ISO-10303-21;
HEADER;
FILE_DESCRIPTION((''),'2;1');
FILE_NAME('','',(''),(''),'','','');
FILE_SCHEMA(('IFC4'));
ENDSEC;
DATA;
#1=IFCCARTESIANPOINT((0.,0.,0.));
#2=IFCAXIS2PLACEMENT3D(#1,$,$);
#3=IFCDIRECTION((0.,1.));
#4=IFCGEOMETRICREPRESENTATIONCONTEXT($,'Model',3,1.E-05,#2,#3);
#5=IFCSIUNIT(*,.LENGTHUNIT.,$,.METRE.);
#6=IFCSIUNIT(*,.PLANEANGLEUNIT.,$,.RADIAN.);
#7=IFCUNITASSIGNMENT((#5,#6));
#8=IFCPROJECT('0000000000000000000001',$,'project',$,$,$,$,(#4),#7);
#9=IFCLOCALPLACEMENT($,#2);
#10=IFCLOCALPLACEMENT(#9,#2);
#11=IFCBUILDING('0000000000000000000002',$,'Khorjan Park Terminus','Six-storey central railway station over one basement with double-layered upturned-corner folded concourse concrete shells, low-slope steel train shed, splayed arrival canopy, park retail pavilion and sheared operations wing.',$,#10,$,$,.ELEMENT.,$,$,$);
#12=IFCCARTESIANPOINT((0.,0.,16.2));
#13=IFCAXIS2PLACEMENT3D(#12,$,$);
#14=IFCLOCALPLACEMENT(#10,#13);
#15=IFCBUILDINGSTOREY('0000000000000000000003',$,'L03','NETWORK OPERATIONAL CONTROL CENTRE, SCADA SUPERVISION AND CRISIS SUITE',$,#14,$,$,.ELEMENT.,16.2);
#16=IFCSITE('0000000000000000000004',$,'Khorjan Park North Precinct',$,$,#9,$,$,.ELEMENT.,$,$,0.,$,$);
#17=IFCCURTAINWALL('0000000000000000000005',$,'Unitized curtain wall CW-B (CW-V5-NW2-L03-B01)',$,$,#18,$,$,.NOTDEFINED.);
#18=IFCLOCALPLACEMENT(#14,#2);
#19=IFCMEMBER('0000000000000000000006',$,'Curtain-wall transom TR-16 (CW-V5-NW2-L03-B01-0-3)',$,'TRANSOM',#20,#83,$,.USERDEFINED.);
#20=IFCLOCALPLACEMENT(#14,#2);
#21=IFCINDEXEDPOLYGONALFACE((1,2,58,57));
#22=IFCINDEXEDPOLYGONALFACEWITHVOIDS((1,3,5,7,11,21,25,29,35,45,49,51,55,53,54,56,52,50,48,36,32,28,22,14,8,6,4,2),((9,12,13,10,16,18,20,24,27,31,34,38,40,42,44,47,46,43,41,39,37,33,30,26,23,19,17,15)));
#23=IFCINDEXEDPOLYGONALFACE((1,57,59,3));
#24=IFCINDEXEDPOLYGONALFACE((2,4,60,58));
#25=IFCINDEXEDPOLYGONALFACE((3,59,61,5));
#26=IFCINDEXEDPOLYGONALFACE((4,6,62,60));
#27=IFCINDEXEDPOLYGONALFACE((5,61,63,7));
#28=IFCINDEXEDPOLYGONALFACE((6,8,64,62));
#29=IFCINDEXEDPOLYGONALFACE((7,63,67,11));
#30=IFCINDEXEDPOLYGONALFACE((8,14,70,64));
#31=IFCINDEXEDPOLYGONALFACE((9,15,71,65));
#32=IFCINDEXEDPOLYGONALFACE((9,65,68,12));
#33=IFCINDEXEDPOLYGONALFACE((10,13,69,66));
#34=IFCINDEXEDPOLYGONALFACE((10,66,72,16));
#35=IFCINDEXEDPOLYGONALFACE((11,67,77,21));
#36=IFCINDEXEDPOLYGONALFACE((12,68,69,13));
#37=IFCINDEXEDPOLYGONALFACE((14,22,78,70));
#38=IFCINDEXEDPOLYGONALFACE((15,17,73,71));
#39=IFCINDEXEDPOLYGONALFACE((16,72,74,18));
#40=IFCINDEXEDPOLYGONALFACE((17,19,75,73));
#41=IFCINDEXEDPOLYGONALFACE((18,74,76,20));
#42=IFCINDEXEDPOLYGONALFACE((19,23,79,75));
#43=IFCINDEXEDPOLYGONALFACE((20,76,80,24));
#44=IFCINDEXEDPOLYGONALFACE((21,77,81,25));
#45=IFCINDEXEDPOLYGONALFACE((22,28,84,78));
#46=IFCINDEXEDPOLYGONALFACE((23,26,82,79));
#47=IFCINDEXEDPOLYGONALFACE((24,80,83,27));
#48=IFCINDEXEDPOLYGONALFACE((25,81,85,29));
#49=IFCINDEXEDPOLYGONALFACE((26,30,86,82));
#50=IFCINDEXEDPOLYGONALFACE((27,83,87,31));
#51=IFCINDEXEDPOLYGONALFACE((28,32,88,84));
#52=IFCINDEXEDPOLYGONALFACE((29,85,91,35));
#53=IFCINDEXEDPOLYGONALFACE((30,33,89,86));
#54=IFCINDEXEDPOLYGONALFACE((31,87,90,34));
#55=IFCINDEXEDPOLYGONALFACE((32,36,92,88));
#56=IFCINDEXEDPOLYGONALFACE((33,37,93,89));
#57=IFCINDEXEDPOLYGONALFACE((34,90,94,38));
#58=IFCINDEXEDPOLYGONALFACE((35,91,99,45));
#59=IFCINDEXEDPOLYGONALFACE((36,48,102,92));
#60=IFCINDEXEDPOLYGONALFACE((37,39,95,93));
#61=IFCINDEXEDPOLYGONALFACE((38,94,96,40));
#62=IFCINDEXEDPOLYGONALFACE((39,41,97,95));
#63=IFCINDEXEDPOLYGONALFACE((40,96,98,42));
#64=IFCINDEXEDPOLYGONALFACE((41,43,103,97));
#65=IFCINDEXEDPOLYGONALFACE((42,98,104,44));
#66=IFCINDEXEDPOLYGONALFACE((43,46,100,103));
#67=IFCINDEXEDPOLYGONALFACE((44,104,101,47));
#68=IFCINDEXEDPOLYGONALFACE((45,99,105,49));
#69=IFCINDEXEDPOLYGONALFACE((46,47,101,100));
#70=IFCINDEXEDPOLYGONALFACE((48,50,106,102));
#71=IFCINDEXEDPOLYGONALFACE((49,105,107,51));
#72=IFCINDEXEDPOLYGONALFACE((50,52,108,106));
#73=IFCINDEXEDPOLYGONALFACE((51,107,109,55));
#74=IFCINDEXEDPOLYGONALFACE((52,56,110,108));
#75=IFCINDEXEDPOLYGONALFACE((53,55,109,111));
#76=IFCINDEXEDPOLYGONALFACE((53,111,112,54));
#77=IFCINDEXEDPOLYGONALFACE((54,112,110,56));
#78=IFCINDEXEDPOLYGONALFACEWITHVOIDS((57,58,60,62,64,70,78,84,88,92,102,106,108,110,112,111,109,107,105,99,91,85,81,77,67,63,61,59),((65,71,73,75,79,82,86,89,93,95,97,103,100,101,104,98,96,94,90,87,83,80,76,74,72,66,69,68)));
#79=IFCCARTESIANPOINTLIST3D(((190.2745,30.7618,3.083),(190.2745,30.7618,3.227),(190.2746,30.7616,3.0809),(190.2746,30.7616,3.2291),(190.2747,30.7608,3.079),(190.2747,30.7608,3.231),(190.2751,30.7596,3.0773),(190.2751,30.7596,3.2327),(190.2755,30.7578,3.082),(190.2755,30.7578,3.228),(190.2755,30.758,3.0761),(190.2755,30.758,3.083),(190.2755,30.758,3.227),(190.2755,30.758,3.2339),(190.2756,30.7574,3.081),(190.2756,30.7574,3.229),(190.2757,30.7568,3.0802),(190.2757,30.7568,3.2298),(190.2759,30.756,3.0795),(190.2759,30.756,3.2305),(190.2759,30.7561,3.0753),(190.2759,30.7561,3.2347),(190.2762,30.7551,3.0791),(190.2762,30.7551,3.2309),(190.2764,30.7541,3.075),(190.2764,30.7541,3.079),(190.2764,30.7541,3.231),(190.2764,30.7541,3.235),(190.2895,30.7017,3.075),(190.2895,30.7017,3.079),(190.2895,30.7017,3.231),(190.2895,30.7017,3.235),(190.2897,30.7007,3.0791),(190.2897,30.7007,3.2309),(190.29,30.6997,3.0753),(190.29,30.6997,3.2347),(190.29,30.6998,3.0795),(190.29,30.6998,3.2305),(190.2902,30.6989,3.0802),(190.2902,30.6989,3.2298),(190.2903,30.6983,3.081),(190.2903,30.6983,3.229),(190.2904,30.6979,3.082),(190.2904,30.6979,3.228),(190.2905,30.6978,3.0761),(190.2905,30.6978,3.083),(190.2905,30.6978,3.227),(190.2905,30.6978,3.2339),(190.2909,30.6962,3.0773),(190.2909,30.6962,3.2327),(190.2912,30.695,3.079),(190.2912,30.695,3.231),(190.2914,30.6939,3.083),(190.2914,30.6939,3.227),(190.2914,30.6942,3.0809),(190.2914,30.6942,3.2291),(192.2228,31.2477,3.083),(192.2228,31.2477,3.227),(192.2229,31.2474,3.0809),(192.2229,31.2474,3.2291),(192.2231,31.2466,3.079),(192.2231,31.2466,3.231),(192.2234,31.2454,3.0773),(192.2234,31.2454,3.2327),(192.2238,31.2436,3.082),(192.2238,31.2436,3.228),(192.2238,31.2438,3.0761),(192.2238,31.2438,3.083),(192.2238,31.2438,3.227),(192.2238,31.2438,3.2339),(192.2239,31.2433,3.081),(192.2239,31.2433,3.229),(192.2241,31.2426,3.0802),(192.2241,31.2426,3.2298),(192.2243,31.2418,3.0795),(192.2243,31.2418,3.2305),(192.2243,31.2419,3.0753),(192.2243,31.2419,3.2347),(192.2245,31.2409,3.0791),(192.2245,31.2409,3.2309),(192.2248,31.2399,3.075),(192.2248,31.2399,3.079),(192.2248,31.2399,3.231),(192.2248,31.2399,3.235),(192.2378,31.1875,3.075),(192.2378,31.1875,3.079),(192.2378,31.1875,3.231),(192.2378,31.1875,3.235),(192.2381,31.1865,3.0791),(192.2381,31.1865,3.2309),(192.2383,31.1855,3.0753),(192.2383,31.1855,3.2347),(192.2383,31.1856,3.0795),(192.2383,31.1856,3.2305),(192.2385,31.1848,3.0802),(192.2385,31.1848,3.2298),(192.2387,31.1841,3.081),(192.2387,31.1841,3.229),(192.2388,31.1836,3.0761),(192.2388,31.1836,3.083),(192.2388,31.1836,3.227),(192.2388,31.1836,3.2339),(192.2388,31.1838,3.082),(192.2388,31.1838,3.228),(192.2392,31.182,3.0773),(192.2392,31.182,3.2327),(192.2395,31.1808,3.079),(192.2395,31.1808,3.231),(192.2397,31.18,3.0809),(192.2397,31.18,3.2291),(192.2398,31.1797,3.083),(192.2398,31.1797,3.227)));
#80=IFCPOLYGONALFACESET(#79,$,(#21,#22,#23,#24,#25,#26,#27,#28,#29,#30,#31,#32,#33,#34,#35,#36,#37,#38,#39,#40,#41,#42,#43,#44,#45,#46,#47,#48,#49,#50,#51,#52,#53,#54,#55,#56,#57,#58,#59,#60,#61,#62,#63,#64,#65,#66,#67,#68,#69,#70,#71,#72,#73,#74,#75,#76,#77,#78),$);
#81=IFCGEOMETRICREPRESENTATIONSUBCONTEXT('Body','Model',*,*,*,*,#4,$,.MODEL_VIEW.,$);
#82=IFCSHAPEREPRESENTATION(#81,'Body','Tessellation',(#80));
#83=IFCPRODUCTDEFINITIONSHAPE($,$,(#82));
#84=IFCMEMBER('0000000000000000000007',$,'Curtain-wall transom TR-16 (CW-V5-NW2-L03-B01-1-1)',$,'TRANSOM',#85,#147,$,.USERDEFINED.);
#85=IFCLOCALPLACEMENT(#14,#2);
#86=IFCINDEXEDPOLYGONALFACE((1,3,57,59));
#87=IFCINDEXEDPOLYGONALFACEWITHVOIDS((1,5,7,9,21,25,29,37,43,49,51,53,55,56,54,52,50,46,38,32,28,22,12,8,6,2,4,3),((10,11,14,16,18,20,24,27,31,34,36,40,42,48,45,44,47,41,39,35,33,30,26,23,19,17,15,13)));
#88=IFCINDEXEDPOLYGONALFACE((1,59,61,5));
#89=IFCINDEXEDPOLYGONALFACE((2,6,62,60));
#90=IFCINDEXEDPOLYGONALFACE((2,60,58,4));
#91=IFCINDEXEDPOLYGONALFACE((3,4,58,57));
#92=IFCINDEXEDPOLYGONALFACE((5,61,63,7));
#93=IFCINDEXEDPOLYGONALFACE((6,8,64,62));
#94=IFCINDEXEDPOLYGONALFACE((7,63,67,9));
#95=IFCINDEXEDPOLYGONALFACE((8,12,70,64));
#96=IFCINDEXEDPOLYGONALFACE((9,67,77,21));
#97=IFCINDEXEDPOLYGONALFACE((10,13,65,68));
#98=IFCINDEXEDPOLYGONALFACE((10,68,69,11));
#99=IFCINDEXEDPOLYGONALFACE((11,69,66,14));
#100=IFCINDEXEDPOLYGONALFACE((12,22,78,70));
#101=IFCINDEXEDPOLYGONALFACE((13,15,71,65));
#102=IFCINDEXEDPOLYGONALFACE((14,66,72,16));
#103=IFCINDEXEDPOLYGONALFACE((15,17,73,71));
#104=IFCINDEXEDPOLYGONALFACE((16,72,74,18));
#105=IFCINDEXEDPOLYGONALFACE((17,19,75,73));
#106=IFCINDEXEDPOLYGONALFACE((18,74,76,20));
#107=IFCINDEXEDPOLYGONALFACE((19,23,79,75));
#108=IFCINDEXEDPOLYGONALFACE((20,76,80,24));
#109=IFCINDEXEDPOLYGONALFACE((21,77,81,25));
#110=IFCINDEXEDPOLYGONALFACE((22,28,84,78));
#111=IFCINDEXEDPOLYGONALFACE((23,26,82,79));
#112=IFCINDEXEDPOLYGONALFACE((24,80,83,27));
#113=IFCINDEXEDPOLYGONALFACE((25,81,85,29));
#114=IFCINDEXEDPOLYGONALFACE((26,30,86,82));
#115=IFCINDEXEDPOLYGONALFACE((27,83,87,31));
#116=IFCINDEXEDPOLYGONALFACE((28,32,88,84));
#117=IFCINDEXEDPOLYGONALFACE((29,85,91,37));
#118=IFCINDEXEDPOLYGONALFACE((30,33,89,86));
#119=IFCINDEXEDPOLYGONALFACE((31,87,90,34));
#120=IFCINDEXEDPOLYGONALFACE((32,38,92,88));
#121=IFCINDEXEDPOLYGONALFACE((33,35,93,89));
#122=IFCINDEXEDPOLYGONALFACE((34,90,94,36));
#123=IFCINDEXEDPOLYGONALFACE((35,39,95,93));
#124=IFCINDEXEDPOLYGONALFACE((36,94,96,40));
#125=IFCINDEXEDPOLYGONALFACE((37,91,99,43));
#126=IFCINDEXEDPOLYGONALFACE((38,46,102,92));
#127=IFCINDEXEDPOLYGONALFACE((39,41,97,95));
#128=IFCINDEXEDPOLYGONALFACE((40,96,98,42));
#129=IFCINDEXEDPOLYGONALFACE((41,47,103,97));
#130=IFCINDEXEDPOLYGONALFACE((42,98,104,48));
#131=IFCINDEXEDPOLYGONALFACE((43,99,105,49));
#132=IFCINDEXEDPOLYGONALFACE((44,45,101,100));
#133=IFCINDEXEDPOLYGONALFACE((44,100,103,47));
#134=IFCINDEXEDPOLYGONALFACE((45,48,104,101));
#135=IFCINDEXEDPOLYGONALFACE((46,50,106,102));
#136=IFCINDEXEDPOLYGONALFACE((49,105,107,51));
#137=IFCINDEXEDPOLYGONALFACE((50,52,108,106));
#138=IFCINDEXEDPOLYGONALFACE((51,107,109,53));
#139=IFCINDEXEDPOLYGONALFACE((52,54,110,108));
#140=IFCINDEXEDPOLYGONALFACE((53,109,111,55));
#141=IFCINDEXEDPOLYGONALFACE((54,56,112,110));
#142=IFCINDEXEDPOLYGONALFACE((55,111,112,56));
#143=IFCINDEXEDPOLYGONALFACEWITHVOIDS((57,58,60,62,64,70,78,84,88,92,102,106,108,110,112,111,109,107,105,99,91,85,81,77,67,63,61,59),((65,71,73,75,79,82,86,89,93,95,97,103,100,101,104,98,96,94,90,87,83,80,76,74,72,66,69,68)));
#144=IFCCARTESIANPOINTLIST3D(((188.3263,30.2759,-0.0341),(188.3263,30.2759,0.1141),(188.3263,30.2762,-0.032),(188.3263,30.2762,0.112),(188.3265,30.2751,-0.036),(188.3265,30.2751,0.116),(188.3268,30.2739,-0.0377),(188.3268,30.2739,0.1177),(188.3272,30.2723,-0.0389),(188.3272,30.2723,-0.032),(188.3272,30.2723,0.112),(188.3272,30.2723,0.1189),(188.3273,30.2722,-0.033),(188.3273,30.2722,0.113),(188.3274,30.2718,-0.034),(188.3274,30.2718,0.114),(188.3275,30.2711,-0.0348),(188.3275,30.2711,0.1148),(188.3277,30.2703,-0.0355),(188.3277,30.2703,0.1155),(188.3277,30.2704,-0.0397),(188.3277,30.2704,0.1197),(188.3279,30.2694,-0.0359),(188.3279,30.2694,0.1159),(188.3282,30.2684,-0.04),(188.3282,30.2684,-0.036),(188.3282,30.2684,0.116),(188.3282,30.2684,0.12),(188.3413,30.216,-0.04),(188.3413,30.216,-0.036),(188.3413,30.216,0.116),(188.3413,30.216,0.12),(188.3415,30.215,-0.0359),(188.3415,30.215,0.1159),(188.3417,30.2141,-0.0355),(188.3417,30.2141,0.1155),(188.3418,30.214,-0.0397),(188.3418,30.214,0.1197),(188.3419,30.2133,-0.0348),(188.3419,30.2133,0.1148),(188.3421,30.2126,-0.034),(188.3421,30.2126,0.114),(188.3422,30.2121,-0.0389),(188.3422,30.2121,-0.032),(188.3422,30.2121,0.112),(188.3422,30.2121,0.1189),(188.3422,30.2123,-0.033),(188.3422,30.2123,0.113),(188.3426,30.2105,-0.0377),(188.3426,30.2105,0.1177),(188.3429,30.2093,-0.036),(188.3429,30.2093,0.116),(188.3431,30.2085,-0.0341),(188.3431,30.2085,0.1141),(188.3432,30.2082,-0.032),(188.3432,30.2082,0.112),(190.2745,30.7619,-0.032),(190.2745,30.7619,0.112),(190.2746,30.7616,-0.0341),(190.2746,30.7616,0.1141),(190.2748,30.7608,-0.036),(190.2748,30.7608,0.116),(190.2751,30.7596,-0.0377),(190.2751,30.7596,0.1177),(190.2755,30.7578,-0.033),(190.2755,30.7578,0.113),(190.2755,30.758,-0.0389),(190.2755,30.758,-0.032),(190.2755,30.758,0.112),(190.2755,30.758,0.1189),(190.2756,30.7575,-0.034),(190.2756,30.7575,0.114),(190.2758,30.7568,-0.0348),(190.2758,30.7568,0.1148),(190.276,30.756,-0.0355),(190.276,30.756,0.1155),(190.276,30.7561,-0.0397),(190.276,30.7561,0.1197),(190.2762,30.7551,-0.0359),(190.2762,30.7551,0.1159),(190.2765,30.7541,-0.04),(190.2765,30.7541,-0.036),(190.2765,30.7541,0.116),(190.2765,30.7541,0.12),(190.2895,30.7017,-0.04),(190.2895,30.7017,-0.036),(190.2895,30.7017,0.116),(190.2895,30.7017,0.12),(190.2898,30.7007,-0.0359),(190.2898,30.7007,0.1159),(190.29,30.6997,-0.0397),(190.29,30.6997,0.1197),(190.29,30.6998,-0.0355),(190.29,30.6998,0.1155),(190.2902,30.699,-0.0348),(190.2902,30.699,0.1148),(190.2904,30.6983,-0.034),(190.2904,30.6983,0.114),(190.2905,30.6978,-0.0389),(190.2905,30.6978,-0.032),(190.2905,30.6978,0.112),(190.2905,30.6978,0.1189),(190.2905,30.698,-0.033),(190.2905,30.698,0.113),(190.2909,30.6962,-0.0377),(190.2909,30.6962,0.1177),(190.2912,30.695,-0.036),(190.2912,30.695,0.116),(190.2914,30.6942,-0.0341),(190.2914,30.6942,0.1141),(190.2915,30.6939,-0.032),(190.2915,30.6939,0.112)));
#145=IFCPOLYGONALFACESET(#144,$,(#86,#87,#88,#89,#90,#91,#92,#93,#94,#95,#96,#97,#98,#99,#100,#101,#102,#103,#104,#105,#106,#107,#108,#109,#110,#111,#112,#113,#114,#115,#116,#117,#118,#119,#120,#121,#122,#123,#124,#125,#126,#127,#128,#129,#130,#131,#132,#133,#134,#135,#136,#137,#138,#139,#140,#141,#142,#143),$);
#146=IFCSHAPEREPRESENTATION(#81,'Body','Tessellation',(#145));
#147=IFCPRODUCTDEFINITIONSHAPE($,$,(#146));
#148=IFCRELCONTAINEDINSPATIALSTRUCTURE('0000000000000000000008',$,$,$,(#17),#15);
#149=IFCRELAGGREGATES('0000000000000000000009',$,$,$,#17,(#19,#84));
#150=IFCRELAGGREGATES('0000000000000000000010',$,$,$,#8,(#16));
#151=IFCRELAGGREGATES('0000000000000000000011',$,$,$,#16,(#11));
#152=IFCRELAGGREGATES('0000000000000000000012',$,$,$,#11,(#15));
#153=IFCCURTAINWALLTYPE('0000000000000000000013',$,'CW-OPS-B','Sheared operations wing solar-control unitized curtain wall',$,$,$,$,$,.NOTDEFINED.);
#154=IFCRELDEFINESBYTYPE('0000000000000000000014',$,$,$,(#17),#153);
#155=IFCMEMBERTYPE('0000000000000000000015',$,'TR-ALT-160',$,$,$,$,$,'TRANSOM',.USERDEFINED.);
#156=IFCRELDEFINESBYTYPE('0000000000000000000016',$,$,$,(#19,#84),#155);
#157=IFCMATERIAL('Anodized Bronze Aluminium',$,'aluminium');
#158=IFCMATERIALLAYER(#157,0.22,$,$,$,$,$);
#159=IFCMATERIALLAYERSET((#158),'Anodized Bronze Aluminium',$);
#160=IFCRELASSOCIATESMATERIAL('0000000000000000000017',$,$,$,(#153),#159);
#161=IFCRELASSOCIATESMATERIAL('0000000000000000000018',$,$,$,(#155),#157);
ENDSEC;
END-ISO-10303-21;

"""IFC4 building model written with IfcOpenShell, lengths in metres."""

from ifc_helpers import new_model, si_unit, direction, frame, origin, origin_2d, place, context, subcontext, project, spatial, hollow_rectangle, extrude, material, layer, layer_set, material_profile, profile_set, type_object, element, aggregate, save


model = new_model("IFC4")

# Units and contexts
model_context = context("Model", 3, precision=1e-05, world=origin(), true_north=direction((0.0, 1.0)))
body_context = subcontext(model_context, "Body", "Model", "MODEL_VIEW")
ifc_project = project(units=[si_unit("LENGTHUNIT", "METRE"), si_unit("PLANEANGLEUNIT", "RADIAN")], contexts=[model_context])

# Site, building, storey
site_placement = place(None, origin())
site = spatial("IfcSite", under=ifc_project, at=site_placement, Name="Khorjan Park North Precinct", CompositionType="ELEMENT", RefElevation=0.0)
building_placement = place(site_placement, origin())
building = spatial("IfcBuilding", under=site, at=building_placement, Name="Khorjan Park Terminus", Description="Six-storey central railway station over one basement with double-layered upturned-corner folded concourse concrete shells, low-slope steel train shed, splayed arrival canopy, park retail pavilion and sheared operations wing.", CompositionType="ELEMENT")
storey_placement = place(building_placement, frame((0.0, 0.0, 16.2)))
storey = spatial("IfcBuildingStorey", under=building, at=storey_placement, Name="L03", Description="NETWORK OPERATIONAL CONTROL CENTRE, SCADA SUPERVISION AND CRISIS SUITE", CompositionType="ELEMENT", Elevation=16.2)

# Curtain wall, members
ifc_material_1 = material(Name="Anodized Bronze Aluminium", Category="aluminium")
ifc_layer_1 = layer(ifc_material_1, 0.22)
ifc_layer_set_1 = layer_set([ifc_layer_1], Name="Anodized Bronze Aluminium")
curtain_wall_type = type_object("IfcCurtainWallType", Name="CW-OPS-B", Description="Sheared operations wing solar-control unitized curtain wall", PredefinedType="NOTDEFINED", material=ifc_layer_set_1)
curtain_wall_placement = place(storey_placement, origin())
curtain_wall = element("IfcCurtainWall", 1, at=curtain_wall_placement, inside=storey, type_object=curtain_wall_type, Name="Unitized curtain wall CW-B (CW-V5-NW2-L03-B01)", PredefinedType="NOTDEFINED")
ifc_material_profile_1 = material_profile(ifc_material_1, hollow_rectangle(XDim=0.07, YDim=0.16, WallThickness=0.004, InnerFilletRadius=0.004, OuterFilletRadius=0.008, at=origin_2d()), Name="ALT 70x160x4")
ifc_profile_set_1 = profile_set([ifc_material_profile_1], Name="Anodized Bronze Aluminium")
member_type_1 = type_object("IfcMemberType", Name="TR-ALT-160", ElementType="TRANSOM", PredefinedType="USERDEFINED", material=ifc_profile_set_1)
member_1_placement = place(storey_placement, frame((192.2313, 31.2137, 3.155), z_axis=(-0.970292, -0.241938, 0.0), x_axis=(0.241938, -0.970292, 0.0)))
member_1 = element("IfcMember", 2, at=member_1_placement, type_object=member_type_1, Name="Curtain-wall transom TR-16 (CW-V5-NW2-L03-B01-0-3)", ObjectType="TRANSOM", PredefinedType="USERDEFINED", context=body_context, shape_type="SweptSolid", body=[
    extrude(hollow_rectangle(XDim=0.07, YDim=0.16, WallThickness=0.004, InnerFilletRadius=0.004, OuterFilletRadius=0.008, at=origin_2d()), origin(), (0.0, 0.0, 1.0), 2.008),
])
member_2_placement = place(storey_placement, frame((190.283, 30.7279, 0.04), z_axis=(-0.970303, -0.241891, 0.0), x_axis=(0.241891, -0.970303, 0.0)))
member_2 = element("IfcMember", 3, at=member_2_placement, type_object=member_type_1, Name="Curtain-wall transom TR-16 (CW-V5-NW2-L03-B01-1-1)", ObjectType="TRANSOM", PredefinedType="USERDEFINED", context=body_context, shape_type="SweptSolid", body=[
    extrude(hollow_rectangle(XDim=0.07, YDim=0.16, WallThickness=0.004, InnerFilletRadius=0.004, OuterFilletRadius=0.008, at=origin_2d()), origin(), (0.0, 0.0, 1.0), 2.0079),
])
aggregate(curtain_wall, [member_1, member_2])

save(model, "model.ifc")
